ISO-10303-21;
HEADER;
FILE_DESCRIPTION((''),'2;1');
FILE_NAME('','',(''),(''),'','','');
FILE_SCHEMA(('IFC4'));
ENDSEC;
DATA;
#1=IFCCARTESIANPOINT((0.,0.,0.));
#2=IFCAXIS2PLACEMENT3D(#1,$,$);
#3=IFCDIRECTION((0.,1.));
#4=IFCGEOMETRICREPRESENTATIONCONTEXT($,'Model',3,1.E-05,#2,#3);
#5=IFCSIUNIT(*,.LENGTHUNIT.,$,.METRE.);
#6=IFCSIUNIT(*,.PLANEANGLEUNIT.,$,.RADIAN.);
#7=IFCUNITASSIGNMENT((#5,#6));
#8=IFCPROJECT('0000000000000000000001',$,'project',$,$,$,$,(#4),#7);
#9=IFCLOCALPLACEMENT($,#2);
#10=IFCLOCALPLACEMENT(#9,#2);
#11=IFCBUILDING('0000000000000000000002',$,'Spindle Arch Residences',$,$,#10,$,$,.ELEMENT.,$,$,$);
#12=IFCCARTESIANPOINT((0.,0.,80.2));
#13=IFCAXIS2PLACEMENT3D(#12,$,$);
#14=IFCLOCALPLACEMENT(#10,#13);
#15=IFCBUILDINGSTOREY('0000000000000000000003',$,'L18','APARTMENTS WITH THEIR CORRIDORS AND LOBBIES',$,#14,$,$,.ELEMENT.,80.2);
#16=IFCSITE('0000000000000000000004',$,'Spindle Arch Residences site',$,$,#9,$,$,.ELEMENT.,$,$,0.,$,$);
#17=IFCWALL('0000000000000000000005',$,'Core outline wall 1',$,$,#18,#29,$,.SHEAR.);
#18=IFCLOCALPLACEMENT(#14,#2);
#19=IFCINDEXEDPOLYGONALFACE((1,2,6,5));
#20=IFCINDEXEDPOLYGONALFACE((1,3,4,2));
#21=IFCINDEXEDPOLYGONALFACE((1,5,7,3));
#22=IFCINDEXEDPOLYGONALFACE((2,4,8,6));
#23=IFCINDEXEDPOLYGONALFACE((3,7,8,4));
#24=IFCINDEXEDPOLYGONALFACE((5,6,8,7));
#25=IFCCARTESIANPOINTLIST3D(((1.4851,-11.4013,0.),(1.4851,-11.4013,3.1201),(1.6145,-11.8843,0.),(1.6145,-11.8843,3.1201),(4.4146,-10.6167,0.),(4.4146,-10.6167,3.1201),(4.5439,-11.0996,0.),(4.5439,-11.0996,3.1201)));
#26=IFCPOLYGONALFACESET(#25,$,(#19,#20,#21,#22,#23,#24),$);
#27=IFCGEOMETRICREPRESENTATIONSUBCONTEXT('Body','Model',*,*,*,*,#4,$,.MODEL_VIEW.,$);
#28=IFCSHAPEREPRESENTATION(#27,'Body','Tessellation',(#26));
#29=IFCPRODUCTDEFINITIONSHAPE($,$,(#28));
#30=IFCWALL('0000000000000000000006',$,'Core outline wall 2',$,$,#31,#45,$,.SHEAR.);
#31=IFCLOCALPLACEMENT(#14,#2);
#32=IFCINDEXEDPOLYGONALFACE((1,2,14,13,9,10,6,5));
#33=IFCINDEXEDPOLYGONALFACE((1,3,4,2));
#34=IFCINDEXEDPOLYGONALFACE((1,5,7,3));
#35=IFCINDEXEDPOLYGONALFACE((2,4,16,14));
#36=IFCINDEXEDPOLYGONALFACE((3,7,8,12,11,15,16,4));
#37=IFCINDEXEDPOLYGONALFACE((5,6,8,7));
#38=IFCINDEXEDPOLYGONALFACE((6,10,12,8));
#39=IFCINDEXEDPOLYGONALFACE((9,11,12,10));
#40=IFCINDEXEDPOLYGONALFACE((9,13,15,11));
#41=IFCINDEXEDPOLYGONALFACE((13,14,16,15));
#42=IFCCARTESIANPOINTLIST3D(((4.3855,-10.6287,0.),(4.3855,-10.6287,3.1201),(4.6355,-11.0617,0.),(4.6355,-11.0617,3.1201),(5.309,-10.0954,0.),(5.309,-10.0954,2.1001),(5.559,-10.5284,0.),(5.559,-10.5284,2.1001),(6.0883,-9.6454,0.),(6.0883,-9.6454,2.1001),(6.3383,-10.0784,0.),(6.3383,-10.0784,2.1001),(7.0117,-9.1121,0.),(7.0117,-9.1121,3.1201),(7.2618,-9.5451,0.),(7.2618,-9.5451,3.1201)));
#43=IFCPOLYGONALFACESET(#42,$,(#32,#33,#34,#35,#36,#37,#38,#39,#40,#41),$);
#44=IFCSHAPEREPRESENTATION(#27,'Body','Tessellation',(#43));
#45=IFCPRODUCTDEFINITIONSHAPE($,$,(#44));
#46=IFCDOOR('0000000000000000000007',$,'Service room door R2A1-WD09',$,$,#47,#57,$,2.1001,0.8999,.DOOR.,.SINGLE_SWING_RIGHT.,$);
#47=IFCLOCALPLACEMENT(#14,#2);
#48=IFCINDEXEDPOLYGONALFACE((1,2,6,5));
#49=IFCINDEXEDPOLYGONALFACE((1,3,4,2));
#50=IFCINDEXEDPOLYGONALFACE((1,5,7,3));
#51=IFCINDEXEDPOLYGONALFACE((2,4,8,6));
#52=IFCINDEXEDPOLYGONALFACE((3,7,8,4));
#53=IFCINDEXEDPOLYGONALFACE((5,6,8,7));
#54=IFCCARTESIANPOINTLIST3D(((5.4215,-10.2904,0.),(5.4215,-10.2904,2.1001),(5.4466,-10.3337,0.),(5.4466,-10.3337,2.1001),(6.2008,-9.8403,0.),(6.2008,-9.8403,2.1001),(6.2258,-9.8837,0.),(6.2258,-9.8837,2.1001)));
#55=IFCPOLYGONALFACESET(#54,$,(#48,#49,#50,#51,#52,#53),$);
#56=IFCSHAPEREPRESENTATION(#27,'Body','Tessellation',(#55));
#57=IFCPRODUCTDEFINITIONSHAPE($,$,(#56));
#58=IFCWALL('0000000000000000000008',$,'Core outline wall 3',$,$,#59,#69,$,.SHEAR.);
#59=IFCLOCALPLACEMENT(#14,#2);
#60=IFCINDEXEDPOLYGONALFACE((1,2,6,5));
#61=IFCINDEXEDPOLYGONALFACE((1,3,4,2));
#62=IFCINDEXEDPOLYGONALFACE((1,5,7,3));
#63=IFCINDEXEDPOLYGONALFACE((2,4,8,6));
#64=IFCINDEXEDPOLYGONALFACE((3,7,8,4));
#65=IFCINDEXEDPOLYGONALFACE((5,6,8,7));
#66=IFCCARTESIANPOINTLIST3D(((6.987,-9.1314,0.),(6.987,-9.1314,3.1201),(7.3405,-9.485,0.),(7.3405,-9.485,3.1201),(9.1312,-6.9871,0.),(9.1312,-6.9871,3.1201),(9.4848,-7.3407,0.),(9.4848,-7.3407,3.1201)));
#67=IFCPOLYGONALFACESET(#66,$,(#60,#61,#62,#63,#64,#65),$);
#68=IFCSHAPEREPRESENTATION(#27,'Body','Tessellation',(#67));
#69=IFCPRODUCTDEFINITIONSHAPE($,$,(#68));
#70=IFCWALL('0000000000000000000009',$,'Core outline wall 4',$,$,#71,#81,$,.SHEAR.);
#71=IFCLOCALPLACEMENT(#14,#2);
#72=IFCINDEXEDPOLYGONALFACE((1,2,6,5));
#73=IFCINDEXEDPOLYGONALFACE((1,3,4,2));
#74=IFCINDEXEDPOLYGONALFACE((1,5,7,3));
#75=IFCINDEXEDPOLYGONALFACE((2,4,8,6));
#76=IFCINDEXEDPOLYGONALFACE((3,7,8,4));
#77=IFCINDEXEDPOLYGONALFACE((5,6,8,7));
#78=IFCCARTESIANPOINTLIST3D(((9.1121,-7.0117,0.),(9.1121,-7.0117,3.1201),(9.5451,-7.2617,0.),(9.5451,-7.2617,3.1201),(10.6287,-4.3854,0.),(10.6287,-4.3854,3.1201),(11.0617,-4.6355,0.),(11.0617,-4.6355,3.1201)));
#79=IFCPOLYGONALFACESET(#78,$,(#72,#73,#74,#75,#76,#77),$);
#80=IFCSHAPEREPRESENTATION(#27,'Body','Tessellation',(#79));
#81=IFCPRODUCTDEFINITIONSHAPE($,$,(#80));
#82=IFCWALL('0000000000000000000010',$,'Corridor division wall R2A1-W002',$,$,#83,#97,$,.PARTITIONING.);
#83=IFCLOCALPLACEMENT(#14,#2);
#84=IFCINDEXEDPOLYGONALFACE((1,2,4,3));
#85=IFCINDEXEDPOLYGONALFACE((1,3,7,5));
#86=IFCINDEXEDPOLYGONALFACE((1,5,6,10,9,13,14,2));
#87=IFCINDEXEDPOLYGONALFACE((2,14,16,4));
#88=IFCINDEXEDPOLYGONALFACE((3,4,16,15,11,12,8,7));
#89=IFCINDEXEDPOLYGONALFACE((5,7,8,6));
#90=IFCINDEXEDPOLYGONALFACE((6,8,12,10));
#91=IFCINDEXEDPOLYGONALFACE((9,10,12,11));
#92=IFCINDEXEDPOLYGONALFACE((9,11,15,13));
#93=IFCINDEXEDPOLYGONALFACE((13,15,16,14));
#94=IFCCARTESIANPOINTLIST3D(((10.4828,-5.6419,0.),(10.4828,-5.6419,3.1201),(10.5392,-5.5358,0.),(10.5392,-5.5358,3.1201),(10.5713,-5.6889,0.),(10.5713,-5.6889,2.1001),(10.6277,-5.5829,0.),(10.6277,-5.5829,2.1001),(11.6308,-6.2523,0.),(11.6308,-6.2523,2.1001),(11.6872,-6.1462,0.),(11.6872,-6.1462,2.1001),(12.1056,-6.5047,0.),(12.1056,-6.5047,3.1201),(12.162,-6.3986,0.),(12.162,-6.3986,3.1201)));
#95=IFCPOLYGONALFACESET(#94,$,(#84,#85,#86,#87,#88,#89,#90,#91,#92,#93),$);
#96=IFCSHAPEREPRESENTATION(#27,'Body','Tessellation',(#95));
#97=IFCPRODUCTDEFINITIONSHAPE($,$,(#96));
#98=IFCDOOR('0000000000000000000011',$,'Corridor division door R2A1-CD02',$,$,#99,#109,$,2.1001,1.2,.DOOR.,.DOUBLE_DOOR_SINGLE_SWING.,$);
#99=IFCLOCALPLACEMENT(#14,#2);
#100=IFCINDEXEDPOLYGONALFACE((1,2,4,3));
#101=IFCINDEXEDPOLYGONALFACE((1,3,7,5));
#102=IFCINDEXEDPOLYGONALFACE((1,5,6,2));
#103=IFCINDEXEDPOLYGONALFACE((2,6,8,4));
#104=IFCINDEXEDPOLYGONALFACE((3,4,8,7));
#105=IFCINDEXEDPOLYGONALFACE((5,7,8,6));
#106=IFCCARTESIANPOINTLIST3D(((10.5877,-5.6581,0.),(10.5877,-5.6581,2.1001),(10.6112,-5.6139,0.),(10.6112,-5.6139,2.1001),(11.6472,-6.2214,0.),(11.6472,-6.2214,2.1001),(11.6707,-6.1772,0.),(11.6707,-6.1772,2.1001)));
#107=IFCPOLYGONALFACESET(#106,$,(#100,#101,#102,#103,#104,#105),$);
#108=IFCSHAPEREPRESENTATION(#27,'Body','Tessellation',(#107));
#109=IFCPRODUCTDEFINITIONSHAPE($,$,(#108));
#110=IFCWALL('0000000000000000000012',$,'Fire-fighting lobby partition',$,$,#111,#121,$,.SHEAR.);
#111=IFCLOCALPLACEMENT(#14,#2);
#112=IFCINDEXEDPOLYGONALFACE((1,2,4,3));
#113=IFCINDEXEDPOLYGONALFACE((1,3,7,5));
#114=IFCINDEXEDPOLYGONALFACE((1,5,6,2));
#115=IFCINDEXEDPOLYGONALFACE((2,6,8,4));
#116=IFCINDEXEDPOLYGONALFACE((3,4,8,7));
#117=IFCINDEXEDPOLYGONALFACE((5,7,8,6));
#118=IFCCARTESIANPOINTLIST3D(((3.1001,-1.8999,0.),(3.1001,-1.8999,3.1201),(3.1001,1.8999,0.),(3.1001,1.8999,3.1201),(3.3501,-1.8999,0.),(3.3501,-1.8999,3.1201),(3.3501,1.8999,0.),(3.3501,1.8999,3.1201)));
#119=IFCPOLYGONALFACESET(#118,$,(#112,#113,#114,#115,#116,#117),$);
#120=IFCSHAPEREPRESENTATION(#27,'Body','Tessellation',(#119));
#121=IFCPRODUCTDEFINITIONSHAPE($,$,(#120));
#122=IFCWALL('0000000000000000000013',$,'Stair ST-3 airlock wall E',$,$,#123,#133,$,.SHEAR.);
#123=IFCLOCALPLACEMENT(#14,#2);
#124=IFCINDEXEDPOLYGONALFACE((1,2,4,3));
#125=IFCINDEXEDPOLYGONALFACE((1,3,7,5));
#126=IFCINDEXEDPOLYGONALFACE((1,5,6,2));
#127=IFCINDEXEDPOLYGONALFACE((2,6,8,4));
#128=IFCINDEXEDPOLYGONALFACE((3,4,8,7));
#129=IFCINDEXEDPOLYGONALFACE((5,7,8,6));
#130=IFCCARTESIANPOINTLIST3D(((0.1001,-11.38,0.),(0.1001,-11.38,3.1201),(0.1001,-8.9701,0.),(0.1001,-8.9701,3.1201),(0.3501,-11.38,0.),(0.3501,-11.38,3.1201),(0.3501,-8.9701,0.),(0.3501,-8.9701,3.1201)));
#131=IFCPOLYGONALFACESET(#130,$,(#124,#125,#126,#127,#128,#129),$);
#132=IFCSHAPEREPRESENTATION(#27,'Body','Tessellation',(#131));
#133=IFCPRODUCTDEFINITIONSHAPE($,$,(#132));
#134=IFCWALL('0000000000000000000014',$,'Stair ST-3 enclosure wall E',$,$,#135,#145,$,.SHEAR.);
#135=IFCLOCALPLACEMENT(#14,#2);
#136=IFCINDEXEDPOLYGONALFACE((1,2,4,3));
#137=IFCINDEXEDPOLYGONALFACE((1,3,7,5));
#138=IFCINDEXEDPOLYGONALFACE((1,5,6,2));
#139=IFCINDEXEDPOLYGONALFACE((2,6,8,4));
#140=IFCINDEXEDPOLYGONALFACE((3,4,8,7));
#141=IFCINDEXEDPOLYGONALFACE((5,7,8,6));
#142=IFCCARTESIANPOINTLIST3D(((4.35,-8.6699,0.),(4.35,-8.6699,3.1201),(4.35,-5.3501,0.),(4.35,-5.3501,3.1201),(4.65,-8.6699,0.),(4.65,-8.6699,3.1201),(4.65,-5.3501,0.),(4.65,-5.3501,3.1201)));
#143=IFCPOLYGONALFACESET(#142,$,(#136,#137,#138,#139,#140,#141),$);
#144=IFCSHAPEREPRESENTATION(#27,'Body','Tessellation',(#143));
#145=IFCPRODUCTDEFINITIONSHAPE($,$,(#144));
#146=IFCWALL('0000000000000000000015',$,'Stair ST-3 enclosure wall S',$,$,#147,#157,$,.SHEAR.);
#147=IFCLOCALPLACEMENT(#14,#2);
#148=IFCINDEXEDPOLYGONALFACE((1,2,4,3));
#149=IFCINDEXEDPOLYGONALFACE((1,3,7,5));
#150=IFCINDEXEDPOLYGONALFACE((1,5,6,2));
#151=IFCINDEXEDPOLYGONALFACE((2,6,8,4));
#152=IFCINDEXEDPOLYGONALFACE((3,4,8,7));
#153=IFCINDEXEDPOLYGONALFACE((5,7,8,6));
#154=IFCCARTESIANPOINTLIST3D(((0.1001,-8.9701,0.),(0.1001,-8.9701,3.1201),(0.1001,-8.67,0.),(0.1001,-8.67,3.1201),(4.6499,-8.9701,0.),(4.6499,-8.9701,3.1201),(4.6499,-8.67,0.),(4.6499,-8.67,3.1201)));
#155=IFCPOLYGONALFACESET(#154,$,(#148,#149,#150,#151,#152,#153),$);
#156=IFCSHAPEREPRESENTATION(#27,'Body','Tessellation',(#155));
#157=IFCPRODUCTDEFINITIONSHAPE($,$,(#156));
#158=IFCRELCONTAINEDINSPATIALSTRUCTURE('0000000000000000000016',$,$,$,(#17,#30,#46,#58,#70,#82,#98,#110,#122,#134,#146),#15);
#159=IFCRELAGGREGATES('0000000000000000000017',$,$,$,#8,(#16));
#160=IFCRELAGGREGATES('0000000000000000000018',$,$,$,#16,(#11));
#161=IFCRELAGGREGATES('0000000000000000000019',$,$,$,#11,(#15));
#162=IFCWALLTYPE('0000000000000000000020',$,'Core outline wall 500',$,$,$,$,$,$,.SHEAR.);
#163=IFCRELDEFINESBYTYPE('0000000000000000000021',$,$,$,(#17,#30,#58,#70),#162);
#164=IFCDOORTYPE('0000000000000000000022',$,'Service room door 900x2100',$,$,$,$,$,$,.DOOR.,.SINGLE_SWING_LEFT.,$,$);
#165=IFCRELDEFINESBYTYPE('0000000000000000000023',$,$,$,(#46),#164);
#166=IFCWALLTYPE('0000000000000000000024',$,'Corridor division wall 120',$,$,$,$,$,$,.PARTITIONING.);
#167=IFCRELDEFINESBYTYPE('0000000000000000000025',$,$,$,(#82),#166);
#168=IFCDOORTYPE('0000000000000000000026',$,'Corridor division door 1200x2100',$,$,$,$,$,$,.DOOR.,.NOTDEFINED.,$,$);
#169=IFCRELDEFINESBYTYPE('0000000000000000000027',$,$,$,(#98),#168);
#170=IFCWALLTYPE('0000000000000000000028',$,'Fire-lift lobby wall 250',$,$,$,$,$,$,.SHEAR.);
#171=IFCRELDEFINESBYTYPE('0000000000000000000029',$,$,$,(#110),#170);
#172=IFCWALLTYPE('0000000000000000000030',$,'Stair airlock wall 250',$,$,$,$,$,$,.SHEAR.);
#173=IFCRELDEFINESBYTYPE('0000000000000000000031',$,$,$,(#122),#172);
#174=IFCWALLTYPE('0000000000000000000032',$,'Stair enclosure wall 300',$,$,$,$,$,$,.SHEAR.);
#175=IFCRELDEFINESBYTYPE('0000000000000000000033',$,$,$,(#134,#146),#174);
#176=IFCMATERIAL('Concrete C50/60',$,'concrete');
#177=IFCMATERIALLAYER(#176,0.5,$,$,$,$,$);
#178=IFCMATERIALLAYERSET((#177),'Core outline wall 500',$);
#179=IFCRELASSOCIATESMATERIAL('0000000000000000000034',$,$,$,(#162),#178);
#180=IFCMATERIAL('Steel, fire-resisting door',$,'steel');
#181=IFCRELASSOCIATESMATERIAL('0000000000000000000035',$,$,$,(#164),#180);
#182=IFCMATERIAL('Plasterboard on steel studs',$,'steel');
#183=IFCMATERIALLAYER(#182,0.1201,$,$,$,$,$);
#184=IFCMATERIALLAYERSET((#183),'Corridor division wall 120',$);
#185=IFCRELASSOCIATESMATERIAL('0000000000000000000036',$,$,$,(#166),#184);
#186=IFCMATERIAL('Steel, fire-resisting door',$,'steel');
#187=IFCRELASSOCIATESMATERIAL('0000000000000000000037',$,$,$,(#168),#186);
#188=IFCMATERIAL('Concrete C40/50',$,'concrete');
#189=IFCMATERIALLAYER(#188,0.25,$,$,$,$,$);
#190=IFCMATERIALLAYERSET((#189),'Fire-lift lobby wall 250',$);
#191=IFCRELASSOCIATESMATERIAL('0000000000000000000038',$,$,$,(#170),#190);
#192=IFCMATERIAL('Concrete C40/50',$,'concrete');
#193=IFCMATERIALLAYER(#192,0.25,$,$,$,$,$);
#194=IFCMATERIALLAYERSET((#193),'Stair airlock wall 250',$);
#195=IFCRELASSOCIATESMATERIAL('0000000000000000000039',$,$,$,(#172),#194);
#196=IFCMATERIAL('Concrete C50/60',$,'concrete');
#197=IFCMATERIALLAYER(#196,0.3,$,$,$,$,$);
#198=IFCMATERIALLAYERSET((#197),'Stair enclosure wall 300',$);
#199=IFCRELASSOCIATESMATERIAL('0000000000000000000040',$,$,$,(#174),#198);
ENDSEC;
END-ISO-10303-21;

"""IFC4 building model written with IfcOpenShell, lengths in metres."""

from ifc_helpers import new_model, si_unit, direction, frame, frame_2d, origin, place, context, subcontext, project, spatial, rectangle, extrude, material, layer, layer_set, type_object, element, fill, save


model = new_model("IFC4")

# Units and contexts
model_context = context("Model", 3, precision=1e-05, world=origin(), true_north=direction((0.0, 1.0)))
body_context = subcontext(model_context, "Body", "Model", "MODEL_VIEW")
ifc_project = project(units=[si_unit("LENGTHUNIT", "METRE"), si_unit("PLANEANGLEUNIT", "RADIAN")], contexts=[model_context])

# Site, building, storey
site_placement = place(None, origin())
site = spatial("IfcSite", under=ifc_project, at=site_placement, Name="Spindle Arch Residences site", CompositionType="ELEMENT", RefElevation=0.0)
building_placement = place(site_placement, origin())
building = spatial("IfcBuilding", under=site, at=building_placement, Name="Spindle Arch Residences", CompositionType="ELEMENT")
storey_placement = place(building_placement, frame((0.0, 0.0, 80.2)))
storey = spatial("IfcBuildingStorey", under=building, at=storey_placement, Name="L18", Description="APARTMENTS WITH THEIR CORRIDORS AND LOBBIES", CompositionType="ELEMENT", Elevation=80.2)

# Wall
ifc_material_1 = material(Name="Concrete C50/60", Category="concrete")
ifc_layer_1 = layer(ifc_material_1, 0.5)
ifc_layer_set_1 = layer_set([ifc_layer_1], Name="Core outline wall 500")
wall_type_1 = type_object("IfcWallType", Name="Core outline wall 500", PredefinedType="SHEAR", material=ifc_layer_set_1)
wall_1_placement = place(storey_placement, frame((1.5498, -11.6428, 0.0), z_axis=(0.0, 0.0, 1.0), x_axis=(0.965948, 0.258735, 0.0)))
element("IfcWall", 1, at=wall_1_placement, inside=storey, type_object=wall_type_1, Name="Core outline wall 1", PredefinedType="SHEAR", context=body_context, shape_type="SweptSolid", body=[
    extrude(rectangle(XDim=3.0327, YDim=0.5, at=frame_2d((1.5164, 0.0))), origin(), (0.0, 0.0, 1.0), 3.1201),
])

# Wall, opening, door
wall_2_placement = place(storey_placement, frame((4.5105, -10.8452, 0.0), z_axis=(0.0, 0.0, 1.0), x_axis=(0.865975, 0.500087, 0.0)))
wall_2 = element("IfcWall", 2, at=wall_2_placement, inside=storey, type_object=wall_type_1, Name="Core outline wall 2", PredefinedType="SHEAR", context=body_context, shape_type="SweptSolid", body=[
    extrude(rectangle(XDim=3.0327, YDim=0.5, at=frame_2d((1.5164, 0.0))), origin(), (0.0, 0.0, 1.0), 3.1201),
])
opening_1_placement = place(wall_2_placement, frame((1.0664, 0.0, 0.0)))
opening_1 = element("IfcOpeningElement", 3, at=opening_1_placement, cuts=wall_2, PredefinedType="OPENING", context=body_context, shape_type="SweptSolid", body=[
    extrude(rectangle(XDim=0.8999, YDim=2.1001, at=frame_2d((0.45, 1.05))), frame((0.0, 0.26, 0.0), z_axis=(0.0, -1.0, 0.0), x_axis=(1.0, 0.0, 0.0)), (0.0, 0.0, 1.0), 0.52),
])
ifc_material_2 = material(Name="Steel, fire-resisting door", Category="steel")
door_type_1 = type_object("IfcDoorType", Name="Service room door 900x2100", OperationType="SINGLE_SWING_LEFT", PredefinedType="DOOR", material=ifc_material_2)
door_1_placement = place(opening_1_placement, origin())
door_1 = element("IfcDoor", 4, at=door_1_placement, inside=storey, type_object=door_type_1, Name="Service room door R2A1-WD09", OperationType="SINGLE_SWING_RIGHT", OverallHeight=2.1001, OverallWidth=0.8999, PredefinedType="DOOR", context=body_context, shape_type="SweptSolid", body=[
    extrude(rectangle(XDim=0.8999, YDim=2.1001, at=frame_2d((0.45, 1.05))), frame((0.0, 0.0249, 0.0), z_axis=(0.0, -1.0, 0.0), x_axis=(1.0, 0.0, 0.0)), (0.0, 0.0, 1.0), 0.05),
])
fill(opening_1, door_1)

# Walls
wall_3_placement = place(storey_placement, frame((7.1638, -9.3081, 0.0), z_axis=(0.0, 0.0, 1.0), x_axis=(0.707107, 0.707107, 0.0)))
element("IfcWall", 5, at=wall_3_placement, inside=storey, type_object=wall_type_1, Name="Core outline wall 3", PredefinedType="SHEAR", context=body_context, shape_type="SweptSolid", body=[
    extrude(rectangle(XDim=3.0325, YDim=0.5, at=frame_2d((1.5161, 0.0))), origin(), (0.0, 0.0, 1.0), 3.1201),
])
wall_4_placement = place(storey_placement, frame((9.3286, -7.1367, 0.0), z_axis=(0.0, 0.0, 1.0), x_axis=(0.500087, 0.865975, 0.0)))
element("IfcWall", 6, at=wall_4_placement, inside=storey, type_object=wall_type_1, Name="Core outline wall 4", PredefinedType="SHEAR", context=body_context, shape_type="SweptSolid", body=[
    extrude(rectangle(XDim=3.0327, YDim=0.5, at=frame_2d((1.5164, 0.0))), origin(), (0.0, 0.0, 1.0), 3.1201),
])

# Wall, opening, door
ifc_material_3 = material(Name="Plasterboard on steel studs", Category="steel")
ifc_layer_2 = layer(ifc_material_3, 0.1201)
ifc_layer_set_2 = layer_set([ifc_layer_2], Name="Corridor division wall 120")
wall_type_2 = type_object("IfcWallType", Name="Corridor division wall 120", PredefinedType="PARTITIONING", material=ifc_layer_set_2)
wall_5_placement = place(storey_placement, frame((10.511, -5.5889, 0.0), z_axis=(0.0, 0.0, 1.0), x_axis=(0.882963, -0.469443, 0.0)))
wall_5 = element("IfcWall", 7, at=wall_5_placement, inside=storey, type_object=wall_type_2, Name="Corridor division wall R2A1-W002", PredefinedType="PARTITIONING", context=body_context, shape_type="SweptSolid", body=[
    extrude(rectangle(XDim=1.8379, YDim=0.1201, at=frame_2d((0.9189, 0.0))), origin(), (0.0, 0.0, 1.0), 3.1201),
])
opening_2_placement = place(wall_5_placement, frame((0.1001, 0.0, 0.0)))
opening_2 = element("IfcOpeningElement", 8, at=opening_2_placement, cuts=wall_5, PredefinedType="OPENING", context=body_context, shape_type="SweptSolid", body=[
    extrude(rectangle(XDim=1.2, YDim=2.1001, at=frame_2d((0.6001, 1.05))), frame((0.0, 0.0701, 0.0), z_axis=(0.0, -1.0, 0.0), x_axis=(1.0, 0.0, 0.0)), (0.0, 0.0, 1.0), 0.1401),
])
ifc_material_4 = material(Name="Steel, fire-resisting door", Category="steel")
door_type_2 = type_object("IfcDoorType", Name="Corridor division door 1200x2100", OperationType="NOTDEFINED", PredefinedType="DOOR", material=ifc_material_4)
door_2_placement = place(opening_2_placement, origin())
door_2 = element("IfcDoor", 9, at=door_2_placement, inside=storey, type_object=door_type_2, Name="Corridor division door R2A1-CD02", OperationType="DOUBLE_DOOR_SINGLE_SWING", OverallHeight=2.1001, OverallWidth=1.2, PredefinedType="DOOR", context=body_context, shape_type="SweptSolid", body=[
    extrude(rectangle(XDim=1.2, YDim=2.1001, at=frame_2d((0.6001, 1.05))), frame((0.0, 0.0249, 0.0), z_axis=(0.0, -1.0, 0.0), x_axis=(1.0, 0.0, 0.0)), (0.0, 0.0, 1.0), 0.05),
])
fill(opening_2, door_2)

# Wall
ifc_material_5 = material(Name="Concrete C40/50", Category="concrete")
ifc_layer_3 = layer(ifc_material_5, 0.25)
ifc_layer_set_3 = layer_set([ifc_layer_3], Name="Fire-lift lobby wall 250")
wall_type_3 = type_object("IfcWallType", Name="Fire-lift lobby wall 250", PredefinedType="SHEAR", material=ifc_layer_set_3)
wall_6_placement = place(storey_placement, frame((3.2251, -1.8999, 0.0), z_axis=(0.0, 0.0, 1.0), x_axis=(0.0, 1.0, 0.0)))
element("IfcWall", 10, at=wall_6_placement, inside=storey, type_object=wall_type_3, Name="Fire-fighting lobby partition", PredefinedType="SHEAR", context=body_context, shape_type="SweptSolid", body=[
    extrude(rectangle(XDim=3.7998, YDim=0.25, at=frame_2d((1.8999, 0.0))), origin(), (0.0, 0.0, 1.0), 3.1201),
])

# Walls
ifc_material_6 = material(Name="Concrete C40/50", Category="concrete")
ifc_layer_4 = layer(ifc_material_6, 0.25)
ifc_layer_set_4 = layer_set([ifc_layer_4], Name="Stair airlock wall 250")
wall_type_4 = type_object("IfcWallType", Name="Stair airlock wall 250", PredefinedType="SHEAR", material=ifc_layer_set_4)
wall_7_placement = place(storey_placement, frame((0.2251, -8.97, 0.0), z_axis=(0.0, 0.0, 1.0), x_axis=(0.0, -1.0, 0.0)))
element("IfcWall", 11, at=wall_7_placement, inside=storey, type_object=wall_type_4, Name="Stair ST-3 airlock wall E", PredefinedType="SHEAR", context=body_context, shape_type="SweptSolid", body=[
    extrude(rectangle(XDim=2.4099, YDim=0.25, at=frame_2d((1.2051, 0.0))), origin(), (0.0, 0.0, 1.0), 3.1201),
])
ifc_material_7 = material(Name="Concrete C50/60", Category="concrete")
ifc_layer_5 = layer(ifc_material_7, 0.3)
ifc_layer_set_5 = layer_set([ifc_layer_5], Name="Stair enclosure wall 300")
wall_type_5 = type_object("IfcWallType", Name="Stair enclosure wall 300", PredefinedType="SHEAR", material=ifc_layer_set_5)
wall_8_placement = place(storey_placement, frame((4.5, -8.6699, 0.0), z_axis=(0.0, 0.0, 1.0), x_axis=(0.0, 1.0, 0.0)))
element("IfcWall", 12, at=wall_8_placement, inside=storey, type_object=wall_type_5, Name="Stair ST-3 enclosure wall E", PredefinedType="SHEAR", context=body_context, shape_type="SweptSolid", body=[
    extrude(rectangle(XDim=3.3198, YDim=0.3, at=frame_2d((1.6599, 0.0))), origin(), (0.0, 0.0, 1.0), 3.1201),
])
wall_9_placement = place(storey_placement, frame((0.1001, -8.8201, 0.0), z_axis=(0.0, 0.0, 1.0), x_axis=(1.0, 0.0, 0.0)))
element("IfcWall", 13, at=wall_9_placement, inside=storey, type_object=wall_type_5, Name="Stair ST-3 enclosure wall S", PredefinedType="SHEAR", context=body_context, shape_type="SweptSolid", body=[
    extrude(rectangle(XDim=4.5498, YDim=0.3, at=frame_2d((2.2749, 0.0))), origin(), (0.0, 0.0, 1.0), 3.1201),
])

save(model, "model.ifc")
